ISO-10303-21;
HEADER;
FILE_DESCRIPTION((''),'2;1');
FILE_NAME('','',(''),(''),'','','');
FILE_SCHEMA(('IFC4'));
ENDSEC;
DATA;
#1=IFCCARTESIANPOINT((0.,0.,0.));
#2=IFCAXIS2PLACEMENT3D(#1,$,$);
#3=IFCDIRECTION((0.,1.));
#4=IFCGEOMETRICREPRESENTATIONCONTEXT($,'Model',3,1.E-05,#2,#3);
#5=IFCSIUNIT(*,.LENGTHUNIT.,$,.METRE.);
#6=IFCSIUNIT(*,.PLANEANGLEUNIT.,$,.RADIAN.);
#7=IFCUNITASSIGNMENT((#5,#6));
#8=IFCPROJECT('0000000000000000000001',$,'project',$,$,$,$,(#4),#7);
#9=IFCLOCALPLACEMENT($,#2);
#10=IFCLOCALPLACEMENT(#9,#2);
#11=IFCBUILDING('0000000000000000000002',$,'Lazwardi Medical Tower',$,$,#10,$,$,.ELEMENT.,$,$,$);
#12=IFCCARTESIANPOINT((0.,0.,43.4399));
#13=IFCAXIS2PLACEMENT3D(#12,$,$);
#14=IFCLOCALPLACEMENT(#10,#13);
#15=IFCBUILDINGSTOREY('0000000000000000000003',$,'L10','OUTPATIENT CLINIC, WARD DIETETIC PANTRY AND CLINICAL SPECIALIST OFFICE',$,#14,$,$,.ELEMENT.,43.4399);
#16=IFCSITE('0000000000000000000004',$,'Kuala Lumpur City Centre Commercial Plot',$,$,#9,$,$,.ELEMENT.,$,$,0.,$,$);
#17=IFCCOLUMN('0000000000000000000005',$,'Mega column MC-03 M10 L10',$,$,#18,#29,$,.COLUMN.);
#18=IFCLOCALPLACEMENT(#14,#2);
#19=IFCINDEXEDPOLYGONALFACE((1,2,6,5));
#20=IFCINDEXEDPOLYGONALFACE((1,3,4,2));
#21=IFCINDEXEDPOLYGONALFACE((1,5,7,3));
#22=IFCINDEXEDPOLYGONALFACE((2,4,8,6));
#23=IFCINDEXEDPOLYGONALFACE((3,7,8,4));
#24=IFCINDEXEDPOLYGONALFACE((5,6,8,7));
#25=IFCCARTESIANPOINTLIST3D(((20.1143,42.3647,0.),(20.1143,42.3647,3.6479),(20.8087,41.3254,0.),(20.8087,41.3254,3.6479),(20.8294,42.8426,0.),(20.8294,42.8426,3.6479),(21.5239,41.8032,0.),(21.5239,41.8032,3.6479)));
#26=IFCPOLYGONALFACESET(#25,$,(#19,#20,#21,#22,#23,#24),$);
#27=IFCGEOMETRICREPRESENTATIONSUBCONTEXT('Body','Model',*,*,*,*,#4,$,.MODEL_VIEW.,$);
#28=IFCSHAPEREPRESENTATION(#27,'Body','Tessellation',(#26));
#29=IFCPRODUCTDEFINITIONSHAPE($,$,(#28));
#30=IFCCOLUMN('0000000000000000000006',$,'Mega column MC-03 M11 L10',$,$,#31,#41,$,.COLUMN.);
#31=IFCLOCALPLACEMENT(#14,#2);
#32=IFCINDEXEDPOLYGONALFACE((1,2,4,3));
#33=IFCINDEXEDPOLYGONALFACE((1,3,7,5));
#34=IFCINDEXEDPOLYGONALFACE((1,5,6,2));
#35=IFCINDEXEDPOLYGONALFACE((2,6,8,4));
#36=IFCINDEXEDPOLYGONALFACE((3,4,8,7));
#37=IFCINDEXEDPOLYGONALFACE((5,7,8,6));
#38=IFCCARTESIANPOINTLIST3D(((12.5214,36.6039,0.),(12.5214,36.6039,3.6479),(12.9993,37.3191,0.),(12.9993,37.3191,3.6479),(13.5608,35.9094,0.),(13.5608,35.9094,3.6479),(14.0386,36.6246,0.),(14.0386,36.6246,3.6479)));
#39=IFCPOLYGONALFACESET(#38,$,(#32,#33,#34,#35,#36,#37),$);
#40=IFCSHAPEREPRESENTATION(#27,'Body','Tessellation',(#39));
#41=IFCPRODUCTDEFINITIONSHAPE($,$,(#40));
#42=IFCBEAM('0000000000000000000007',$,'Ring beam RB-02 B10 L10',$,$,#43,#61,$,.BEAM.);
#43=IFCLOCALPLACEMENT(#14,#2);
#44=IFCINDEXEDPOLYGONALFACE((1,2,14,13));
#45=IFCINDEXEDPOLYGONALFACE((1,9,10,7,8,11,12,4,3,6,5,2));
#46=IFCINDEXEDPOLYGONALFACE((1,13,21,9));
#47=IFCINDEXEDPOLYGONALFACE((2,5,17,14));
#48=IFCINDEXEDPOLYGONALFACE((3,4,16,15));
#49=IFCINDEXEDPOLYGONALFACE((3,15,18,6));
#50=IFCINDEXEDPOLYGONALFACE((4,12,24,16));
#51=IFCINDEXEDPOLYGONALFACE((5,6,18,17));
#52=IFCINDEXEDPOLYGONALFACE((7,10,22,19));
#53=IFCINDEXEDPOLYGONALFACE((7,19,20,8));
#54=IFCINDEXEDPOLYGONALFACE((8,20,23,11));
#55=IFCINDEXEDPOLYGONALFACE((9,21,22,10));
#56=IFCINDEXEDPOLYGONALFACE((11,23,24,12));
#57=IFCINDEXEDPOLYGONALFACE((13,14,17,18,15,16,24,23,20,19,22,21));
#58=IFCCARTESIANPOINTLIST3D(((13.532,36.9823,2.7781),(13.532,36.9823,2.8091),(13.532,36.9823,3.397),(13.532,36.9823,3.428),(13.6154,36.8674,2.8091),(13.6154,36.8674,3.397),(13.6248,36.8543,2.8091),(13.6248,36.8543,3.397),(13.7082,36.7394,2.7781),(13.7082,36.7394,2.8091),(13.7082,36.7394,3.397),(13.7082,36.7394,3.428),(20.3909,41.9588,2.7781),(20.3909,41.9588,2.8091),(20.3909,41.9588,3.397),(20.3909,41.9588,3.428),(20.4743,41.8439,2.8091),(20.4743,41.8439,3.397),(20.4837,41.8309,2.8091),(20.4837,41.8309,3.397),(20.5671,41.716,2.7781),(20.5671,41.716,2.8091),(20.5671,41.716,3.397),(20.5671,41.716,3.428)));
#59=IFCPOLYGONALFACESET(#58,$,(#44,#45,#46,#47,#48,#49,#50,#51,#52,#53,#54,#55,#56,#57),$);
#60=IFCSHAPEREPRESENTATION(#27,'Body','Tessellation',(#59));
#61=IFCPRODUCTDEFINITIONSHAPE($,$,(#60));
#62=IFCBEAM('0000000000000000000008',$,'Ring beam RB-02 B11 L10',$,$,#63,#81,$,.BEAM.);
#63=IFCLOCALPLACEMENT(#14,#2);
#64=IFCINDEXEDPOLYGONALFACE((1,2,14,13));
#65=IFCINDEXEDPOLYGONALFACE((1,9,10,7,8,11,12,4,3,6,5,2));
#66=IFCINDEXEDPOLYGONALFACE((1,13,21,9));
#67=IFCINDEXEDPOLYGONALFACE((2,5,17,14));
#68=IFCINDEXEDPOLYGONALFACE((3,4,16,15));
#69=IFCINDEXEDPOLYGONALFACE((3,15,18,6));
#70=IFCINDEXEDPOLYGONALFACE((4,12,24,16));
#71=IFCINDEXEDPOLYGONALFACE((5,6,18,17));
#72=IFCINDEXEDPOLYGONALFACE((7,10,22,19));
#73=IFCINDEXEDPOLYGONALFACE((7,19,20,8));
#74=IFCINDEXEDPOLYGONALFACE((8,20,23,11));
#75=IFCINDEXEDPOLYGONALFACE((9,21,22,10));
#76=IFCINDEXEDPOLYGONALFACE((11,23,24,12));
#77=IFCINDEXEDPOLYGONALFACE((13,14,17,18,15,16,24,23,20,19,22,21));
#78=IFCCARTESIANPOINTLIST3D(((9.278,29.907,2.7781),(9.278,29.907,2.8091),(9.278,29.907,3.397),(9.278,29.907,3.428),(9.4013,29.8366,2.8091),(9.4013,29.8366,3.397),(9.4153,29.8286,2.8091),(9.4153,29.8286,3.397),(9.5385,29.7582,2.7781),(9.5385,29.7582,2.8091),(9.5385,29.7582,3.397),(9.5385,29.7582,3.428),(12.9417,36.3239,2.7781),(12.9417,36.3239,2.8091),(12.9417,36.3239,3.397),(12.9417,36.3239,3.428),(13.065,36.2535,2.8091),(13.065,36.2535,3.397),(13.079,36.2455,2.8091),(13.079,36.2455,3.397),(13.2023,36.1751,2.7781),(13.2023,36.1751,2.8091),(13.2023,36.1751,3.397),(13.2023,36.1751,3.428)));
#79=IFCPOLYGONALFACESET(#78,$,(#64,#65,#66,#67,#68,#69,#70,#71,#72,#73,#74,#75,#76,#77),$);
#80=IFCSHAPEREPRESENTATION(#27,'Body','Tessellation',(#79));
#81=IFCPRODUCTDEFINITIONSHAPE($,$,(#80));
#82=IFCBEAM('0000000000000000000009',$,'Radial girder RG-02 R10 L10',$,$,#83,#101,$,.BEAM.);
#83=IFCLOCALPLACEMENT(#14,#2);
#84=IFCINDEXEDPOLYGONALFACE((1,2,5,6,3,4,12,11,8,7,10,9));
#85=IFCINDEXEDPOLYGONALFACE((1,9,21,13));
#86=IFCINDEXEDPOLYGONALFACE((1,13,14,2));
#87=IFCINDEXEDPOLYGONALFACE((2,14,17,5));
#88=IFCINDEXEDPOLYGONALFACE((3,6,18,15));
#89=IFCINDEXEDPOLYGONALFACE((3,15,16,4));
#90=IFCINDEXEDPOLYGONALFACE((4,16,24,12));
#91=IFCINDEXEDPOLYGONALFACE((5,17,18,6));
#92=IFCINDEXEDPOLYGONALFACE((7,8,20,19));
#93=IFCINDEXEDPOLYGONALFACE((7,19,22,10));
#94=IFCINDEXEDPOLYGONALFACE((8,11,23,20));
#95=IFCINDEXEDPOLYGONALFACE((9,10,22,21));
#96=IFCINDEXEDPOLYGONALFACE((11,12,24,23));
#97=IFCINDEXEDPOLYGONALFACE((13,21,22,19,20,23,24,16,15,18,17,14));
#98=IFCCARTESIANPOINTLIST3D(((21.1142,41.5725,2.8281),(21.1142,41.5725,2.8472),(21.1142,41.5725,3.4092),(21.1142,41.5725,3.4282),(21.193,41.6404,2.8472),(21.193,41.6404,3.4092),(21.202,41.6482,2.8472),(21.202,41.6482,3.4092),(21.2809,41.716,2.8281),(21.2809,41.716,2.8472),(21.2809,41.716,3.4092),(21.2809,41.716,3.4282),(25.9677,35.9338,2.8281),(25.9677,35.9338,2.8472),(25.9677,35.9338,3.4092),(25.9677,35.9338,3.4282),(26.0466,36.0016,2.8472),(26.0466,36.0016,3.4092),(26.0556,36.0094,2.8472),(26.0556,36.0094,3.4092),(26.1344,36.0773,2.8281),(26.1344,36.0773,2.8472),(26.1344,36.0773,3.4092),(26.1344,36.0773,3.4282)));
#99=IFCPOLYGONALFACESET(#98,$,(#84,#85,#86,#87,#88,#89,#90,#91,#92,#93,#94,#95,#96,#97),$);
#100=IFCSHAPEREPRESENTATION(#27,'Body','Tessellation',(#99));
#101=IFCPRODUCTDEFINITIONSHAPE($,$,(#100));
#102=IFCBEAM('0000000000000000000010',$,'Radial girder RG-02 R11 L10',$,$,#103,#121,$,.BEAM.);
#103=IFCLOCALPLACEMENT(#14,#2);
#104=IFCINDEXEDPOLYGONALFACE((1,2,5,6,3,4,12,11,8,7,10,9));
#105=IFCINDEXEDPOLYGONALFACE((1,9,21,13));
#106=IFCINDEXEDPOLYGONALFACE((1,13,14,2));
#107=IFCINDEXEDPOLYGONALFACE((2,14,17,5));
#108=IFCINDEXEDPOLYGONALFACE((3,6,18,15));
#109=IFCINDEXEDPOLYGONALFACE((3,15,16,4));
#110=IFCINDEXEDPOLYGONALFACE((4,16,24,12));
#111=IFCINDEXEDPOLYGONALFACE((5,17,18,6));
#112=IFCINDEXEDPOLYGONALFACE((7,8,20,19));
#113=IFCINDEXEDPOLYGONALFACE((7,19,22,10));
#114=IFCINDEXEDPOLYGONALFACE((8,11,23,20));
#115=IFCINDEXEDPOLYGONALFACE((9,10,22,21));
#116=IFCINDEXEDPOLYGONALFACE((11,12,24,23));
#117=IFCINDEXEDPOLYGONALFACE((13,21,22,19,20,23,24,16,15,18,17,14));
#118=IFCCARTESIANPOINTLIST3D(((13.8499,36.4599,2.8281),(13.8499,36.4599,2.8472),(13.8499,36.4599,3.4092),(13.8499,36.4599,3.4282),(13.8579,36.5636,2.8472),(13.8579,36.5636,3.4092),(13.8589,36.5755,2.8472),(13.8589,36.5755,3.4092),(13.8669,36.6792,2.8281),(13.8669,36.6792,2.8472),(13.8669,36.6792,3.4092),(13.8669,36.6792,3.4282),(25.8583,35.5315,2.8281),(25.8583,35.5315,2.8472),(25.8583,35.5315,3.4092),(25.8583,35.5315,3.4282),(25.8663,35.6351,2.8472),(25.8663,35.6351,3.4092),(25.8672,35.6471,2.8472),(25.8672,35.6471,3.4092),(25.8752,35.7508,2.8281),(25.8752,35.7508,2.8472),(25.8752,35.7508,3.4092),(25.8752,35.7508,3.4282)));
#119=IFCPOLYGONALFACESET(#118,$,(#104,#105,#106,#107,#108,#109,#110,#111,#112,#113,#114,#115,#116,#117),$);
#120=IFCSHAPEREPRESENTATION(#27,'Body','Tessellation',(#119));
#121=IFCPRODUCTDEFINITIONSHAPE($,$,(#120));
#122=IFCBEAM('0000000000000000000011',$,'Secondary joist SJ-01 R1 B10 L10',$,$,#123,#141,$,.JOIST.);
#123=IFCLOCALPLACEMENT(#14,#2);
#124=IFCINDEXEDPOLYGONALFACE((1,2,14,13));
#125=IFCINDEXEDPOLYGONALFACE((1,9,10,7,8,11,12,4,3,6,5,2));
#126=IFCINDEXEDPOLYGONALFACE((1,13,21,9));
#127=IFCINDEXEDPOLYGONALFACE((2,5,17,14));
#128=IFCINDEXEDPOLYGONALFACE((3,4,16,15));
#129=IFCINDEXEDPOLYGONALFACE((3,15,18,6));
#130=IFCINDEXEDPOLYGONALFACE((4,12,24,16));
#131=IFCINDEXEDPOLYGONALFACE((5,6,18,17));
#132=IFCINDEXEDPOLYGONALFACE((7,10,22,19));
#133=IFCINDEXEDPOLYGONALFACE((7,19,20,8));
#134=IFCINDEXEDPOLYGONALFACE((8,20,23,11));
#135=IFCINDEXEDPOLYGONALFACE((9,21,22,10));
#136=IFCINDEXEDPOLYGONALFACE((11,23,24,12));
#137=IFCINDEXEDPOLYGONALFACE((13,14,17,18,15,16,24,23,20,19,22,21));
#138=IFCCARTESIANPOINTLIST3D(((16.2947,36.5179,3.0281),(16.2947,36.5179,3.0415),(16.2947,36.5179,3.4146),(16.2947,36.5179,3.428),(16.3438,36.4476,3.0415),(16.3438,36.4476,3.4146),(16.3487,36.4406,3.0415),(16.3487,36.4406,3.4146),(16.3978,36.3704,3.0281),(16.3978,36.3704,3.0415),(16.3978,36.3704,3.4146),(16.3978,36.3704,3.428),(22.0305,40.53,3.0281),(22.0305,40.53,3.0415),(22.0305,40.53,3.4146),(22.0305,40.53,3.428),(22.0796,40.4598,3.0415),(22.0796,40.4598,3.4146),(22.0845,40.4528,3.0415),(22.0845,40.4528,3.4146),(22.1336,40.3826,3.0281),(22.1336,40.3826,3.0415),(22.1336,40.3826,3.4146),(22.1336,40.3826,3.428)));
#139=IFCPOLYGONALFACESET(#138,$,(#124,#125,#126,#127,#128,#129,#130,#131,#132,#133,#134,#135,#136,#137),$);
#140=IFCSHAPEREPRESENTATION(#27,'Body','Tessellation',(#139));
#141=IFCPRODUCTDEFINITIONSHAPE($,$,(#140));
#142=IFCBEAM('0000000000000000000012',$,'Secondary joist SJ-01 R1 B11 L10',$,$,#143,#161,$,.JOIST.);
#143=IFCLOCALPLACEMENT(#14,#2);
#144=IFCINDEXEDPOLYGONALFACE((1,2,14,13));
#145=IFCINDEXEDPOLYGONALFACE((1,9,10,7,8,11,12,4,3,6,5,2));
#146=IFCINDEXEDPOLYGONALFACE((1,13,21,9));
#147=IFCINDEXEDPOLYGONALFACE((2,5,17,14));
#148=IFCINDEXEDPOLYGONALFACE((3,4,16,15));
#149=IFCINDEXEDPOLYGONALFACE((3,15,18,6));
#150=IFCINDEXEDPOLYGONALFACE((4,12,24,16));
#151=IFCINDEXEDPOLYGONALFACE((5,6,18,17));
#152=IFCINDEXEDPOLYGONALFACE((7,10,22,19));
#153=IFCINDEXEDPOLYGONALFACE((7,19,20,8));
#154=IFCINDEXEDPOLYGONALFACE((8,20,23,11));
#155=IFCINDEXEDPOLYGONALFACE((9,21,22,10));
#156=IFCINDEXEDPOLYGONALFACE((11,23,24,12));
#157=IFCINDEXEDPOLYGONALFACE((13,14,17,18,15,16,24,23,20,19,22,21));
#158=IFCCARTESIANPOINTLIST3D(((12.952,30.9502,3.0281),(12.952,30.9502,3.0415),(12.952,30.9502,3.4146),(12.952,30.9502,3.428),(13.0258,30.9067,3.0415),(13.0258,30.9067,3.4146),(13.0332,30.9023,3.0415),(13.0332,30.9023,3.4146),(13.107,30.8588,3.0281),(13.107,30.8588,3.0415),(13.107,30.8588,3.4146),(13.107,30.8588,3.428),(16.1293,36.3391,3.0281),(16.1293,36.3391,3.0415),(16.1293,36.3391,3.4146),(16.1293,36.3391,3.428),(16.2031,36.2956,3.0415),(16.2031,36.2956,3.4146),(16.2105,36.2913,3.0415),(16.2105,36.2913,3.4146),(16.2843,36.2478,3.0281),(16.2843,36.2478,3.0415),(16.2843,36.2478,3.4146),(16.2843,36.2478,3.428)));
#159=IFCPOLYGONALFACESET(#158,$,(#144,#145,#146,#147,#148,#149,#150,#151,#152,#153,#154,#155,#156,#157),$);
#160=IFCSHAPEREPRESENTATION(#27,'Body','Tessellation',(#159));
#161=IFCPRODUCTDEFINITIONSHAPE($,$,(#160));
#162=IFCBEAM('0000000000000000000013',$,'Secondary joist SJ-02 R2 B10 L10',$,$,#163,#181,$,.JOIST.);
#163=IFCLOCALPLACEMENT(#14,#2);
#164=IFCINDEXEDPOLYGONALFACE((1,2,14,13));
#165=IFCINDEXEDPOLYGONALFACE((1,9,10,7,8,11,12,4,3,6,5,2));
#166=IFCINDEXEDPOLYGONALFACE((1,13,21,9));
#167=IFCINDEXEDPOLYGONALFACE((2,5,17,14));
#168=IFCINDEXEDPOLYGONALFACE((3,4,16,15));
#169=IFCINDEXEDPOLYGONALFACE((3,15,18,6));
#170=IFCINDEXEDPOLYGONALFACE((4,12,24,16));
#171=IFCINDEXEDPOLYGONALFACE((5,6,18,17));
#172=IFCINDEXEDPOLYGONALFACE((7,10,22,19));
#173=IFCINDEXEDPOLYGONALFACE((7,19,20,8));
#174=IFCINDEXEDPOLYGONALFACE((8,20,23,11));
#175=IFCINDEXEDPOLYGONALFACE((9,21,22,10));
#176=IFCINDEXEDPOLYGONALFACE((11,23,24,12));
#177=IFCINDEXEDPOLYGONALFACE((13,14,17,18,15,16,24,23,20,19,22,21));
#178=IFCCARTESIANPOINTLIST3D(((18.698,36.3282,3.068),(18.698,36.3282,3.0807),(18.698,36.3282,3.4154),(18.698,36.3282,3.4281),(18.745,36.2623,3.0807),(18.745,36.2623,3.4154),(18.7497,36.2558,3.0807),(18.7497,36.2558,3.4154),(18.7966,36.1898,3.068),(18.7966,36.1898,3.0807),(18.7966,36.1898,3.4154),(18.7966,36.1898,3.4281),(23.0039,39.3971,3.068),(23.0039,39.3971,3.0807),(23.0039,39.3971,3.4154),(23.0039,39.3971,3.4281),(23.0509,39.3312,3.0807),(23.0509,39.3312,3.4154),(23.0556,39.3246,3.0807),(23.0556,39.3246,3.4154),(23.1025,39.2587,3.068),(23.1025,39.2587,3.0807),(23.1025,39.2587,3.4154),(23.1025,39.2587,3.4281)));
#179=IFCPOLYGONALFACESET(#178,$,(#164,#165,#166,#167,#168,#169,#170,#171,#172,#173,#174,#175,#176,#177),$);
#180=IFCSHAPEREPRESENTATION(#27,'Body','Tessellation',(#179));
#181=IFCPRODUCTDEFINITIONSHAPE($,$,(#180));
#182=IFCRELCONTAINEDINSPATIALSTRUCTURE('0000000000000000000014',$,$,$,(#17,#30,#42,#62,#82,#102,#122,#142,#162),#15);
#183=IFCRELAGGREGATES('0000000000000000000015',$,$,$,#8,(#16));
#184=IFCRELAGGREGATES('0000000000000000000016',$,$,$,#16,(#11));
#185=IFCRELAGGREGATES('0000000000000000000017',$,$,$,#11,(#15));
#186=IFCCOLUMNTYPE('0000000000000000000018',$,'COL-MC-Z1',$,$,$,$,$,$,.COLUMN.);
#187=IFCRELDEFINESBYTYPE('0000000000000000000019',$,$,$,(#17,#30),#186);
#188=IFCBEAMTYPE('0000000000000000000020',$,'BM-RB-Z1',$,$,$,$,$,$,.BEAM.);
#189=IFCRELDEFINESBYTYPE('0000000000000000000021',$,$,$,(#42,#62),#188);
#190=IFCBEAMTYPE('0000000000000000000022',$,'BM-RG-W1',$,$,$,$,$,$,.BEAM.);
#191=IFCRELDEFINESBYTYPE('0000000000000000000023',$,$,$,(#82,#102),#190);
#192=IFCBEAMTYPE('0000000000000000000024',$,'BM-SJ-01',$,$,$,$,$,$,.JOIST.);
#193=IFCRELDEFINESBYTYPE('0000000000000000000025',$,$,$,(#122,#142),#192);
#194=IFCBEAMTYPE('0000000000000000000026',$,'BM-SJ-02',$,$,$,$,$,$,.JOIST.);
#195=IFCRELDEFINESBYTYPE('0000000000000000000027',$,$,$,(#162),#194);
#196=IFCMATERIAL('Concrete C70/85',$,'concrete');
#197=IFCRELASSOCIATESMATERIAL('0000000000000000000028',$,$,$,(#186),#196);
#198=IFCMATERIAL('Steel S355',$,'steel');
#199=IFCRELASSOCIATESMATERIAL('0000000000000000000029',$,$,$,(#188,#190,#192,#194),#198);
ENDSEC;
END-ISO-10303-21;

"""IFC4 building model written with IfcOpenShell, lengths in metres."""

from ifc_helpers import new_model, si_unit, direction, frame, origin, origin_2d, place, context, subcontext, project, spatial, rectangle, i_section, extrude, material, material_profile, profile_set, type_object, element, save


model = new_model("IFC4")

# Units and contexts
model_context = context("Model", 3, precision=1e-05, world=origin(), true_north=direction((0.0, 1.0)))
body_context = subcontext(model_context, "Body", "Model", "MODEL_VIEW")
ifc_project = project(units=[si_unit("LENGTHUNIT", "METRE"), si_unit("PLANEANGLEUNIT", "RADIAN")], contexts=[model_context])

# Site, building, storey
site_placement = place(None, origin())
site = spatial("IfcSite", under=ifc_project, at=site_placement, Name="Kuala Lumpur City Centre Commercial Plot", CompositionType="ELEMENT", RefElevation=0.0)
building_placement = place(site_placement, origin())
building = spatial("IfcBuilding", under=site, at=building_placement, Name="Lazwardi Medical Tower", CompositionType="ELEMENT")
storey_placement = place(building_placement, frame((0.0, 0.0, 43.4399)))
storey = spatial("IfcBuildingStorey", under=building, at=storey_placement, Name="L10", Description="OUTPATIENT CLINIC, WARD DIETETIC PANTRY AND CLINICAL SPECIALIST OFFICE", CompositionType="ELEMENT", Elevation=43.4399)

# Columns
ifc_material_1 = material(Name="Concrete C70/85", Category="concrete")
ifc_material_profile_1 = material_profile(ifc_material_1, rectangle(XDim=1.25, YDim=0.8601, at=origin_2d()), Name="CFT-RECT 1250x860")
ifc_profile_set_1 = profile_set([ifc_material_profile_1], Name="Concrete C70/85")
column_type = type_object("IfcColumnType", Name="COL-MC-Z1", PredefinedType="COLUMN", material=ifc_profile_set_1)
for number, where, z_axis, x_axis, name in (
    (1, (20.8191, 42.084, 0.0), (0.0, 0.0, 1.0), (-0.55557, 0.83147, 0.0), "Mega column MC-03 M10 L10"),
    (2, (13.28, 36.6143, 0.0), (0.0, 0.0, 1.0), (-0.83147, 0.55557, 0.0), "Mega column MC-03 M11 L10"),
):
    element("IfcColumn", number, at=place(storey_placement, frame(where, z_axis=z_axis, x_axis=x_axis)), inside=storey, type_object=column_type, Name=name, PredefinedType="COLUMN", context=body_context, shape_type="SweptSolid", body=[
        extrude(rectangle(XDim=1.25, YDim=0.8601, at=origin_2d()), origin(), (0.0, 0.0, 1.0), 3.6479),
    ])

# Beams
ifc_material_2 = material(Name="Steel S355", Category="steel")
ifc_material_profile_2 = material_profile(ifc_material_2, i_section(OverallWidth=0.3, OverallDepth=0.6499, WebThickness=0.0161, FlangeThickness=0.031, at=origin_2d()), Name="HEB 650")
ifc_profile_set_2 = profile_set([ifc_material_profile_2], Name="Steel S355")
beam_type_1 = type_object("IfcBeamType", Name="BM-RB-Z1", PredefinedType="BEAM", material=ifc_profile_set_2)
beam_1_placement = place(storey_placement, frame((20.479, 41.8374, 3.103), z_axis=(-0.809393, -0.587267, 0.0), x_axis=(0.587267, -0.809393, 0.0)))
element("IfcBeam", 3, at=beam_1_placement, inside=storey, type_object=beam_type_1, Name="Ring beam RB-02 B10 L10", PredefinedType="BEAM", context=body_context, shape_type="SweptSolid", body=[
    extrude(i_section(OverallWidth=0.3, OverallDepth=0.6499, WebThickness=0.0161, FlangeThickness=0.031, at=origin_2d()), origin(), (0.0, 0.0, 1.0), 8.4741),
])
beam_2_placement = place(storey_placement, frame((13.072, 36.2495, 3.103), z_axis=(-0.495829, -0.86842, 0.0), x_axis=(0.86842, -0.495829, 0.0)))
element("IfcBeam", 4, at=beam_2_placement, inside=storey, type_object=beam_type_1, Name="Ring beam RB-02 B11 L10", PredefinedType="BEAM", context=body_context, shape_type="SweptSolid", body=[
    extrude(i_section(OverallWidth=0.3, OverallDepth=0.6499, WebThickness=0.0161, FlangeThickness=0.031, at=origin_2d()), origin(), (0.0, 0.0, 1.0), 7.3892),
])
ifc_material_profile_3 = material_profile(ifc_material_2, i_section(OverallWidth=0.22, OverallDepth=0.6001, WebThickness=0.012, FlangeThickness=0.019, at=origin_2d()), Name="IPE 600")
ifc_profile_set_3 = profile_set([ifc_material_profile_3], Name="Steel S355")
beam_type_2 = type_object("IfcBeamType", Name="BM-RG-W1", PredefinedType="BEAM", material=ifc_profile_set_3)
beam_3_placement = place(storey_placement, frame((21.1975, 41.6443, 3.1282), z_axis=(0.652368, -0.757902, 0.0), x_axis=(0.757902, 0.652368, 0.0)))
element("IfcBeam", 5, at=beam_3_placement, inside=storey, type_object=beam_type_2, Name="Radial girder RG-02 R10 L10", PredefinedType="BEAM", context=body_context, shape_type="SweptSolid", body=[
    extrude(i_section(OverallWidth=0.22, OverallDepth=0.6001, WebThickness=0.012, FlangeThickness=0.019, at=origin_2d()), origin(), (0.0, 0.0, 1.0), 7.4399),
])
beam_4_placement = place(storey_placement, frame((13.8584, 36.5696, 3.1282), z_axis=(0.997024, -0.077089, 0.0), x_axis=(0.077089, 0.997024, 0.0)))
element("IfcBeam", 6, at=beam_4_placement, inside=storey, type_object=beam_type_2, Name="Radial girder RG-02 R11 L10", PredefinedType="BEAM", context=body_context, shape_type="SweptSolid", body=[
    extrude(i_section(OverallWidth=0.22, OverallDepth=0.6001, WebThickness=0.012, FlangeThickness=0.019, at=origin_2d()), origin(), (0.0, 0.0, 1.0), 12.0442),
])
ifc_material_profile_4 = material_profile(ifc_material_2, i_section(OverallWidth=0.1799, OverallDepth=0.3999, WebThickness=0.0085, FlangeThickness=0.0134, at=origin_2d()), Name="IPE 400")
ifc_profile_set_4 = profile_set([ifc_material_profile_4], Name="Steel S355")
beam_type_3 = type_object("IfcBeamType", Name="BM-SJ-01", PredefinedType="JOIST", material=ifc_profile_set_4)
beam_5_placement = place(storey_placement, frame((22.082, 40.4563, 3.228), z_axis=(-0.819425, -0.573186, 0.0), x_axis=(0.573186, -0.819425, 0.0)))
element("IfcBeam", 7, at=beam_5_placement, inside=storey, type_object=beam_type_3, Name="Secondary joist SJ-01 R1 B10 L10", PredefinedType="JOIST", context=body_context, shape_type="SweptSolid", body=[
    extrude(i_section(OverallWidth=0.1799, OverallDepth=0.3999, WebThickness=0.0085, FlangeThickness=0.0134, at=origin_2d()), origin(), (0.0, 0.0, 1.0), 6.9998),
])
beam_6_placement = place(storey_placement, frame((16.2068, 36.2935, 3.228), z_axis=(-0.507886, -0.861424, 0.0), x_axis=(0.861424, -0.507886, 0.0)))
element("IfcBeam", 8, at=beam_6_placement, inside=storey, type_object=beam_type_3, Name="Secondary joist SJ-01 R1 B11 L10", PredefinedType="JOIST", context=body_context, shape_type="SweptSolid", body=[
    extrude(i_section(OverallWidth=0.1799, OverallDepth=0.3999, WebThickness=0.0085, FlangeThickness=0.0134, at=origin_2d()), origin(), (0.0, 0.0, 1.0), 6.2559),
])
ifc_material_profile_5 = material_profile(ifc_material_2, i_section(OverallWidth=0.1699, OverallDepth=0.3601, WebThickness=0.0081, FlangeThickness=0.0127, at=origin_2d()), Name="IPE 360")
ifc_profile_set_5 = profile_set([ifc_material_profile_5], Name="Steel S355")
beam_type_4 = type_object("IfcBeamType", Name="BM-SJ-02", PredefinedType="JOIST", material=ifc_profile_set_5)
beam_7_placement = place(storey_placement, frame((23.0532, 39.3279, 3.248), z_axis=(-0.814341, -0.580386, 0.0), x_axis=(0.580386, -0.814341, 0.0)))
element("IfcBeam", 9, at=beam_7_placement, inside=storey, type_object=beam_type_4, Name="Secondary joist SJ-02 R2 B10 L10", PredefinedType="JOIST", context=body_context, shape_type="SweptSolid", body=[
    extrude(i_section(OverallWidth=0.1699, OverallDepth=0.3601, WebThickness=0.0081, FlangeThickness=0.0127, at=origin_2d()), origin(), (0.0, 0.0, 1.0), 5.2876),
])

save(model, "model.ifc")
